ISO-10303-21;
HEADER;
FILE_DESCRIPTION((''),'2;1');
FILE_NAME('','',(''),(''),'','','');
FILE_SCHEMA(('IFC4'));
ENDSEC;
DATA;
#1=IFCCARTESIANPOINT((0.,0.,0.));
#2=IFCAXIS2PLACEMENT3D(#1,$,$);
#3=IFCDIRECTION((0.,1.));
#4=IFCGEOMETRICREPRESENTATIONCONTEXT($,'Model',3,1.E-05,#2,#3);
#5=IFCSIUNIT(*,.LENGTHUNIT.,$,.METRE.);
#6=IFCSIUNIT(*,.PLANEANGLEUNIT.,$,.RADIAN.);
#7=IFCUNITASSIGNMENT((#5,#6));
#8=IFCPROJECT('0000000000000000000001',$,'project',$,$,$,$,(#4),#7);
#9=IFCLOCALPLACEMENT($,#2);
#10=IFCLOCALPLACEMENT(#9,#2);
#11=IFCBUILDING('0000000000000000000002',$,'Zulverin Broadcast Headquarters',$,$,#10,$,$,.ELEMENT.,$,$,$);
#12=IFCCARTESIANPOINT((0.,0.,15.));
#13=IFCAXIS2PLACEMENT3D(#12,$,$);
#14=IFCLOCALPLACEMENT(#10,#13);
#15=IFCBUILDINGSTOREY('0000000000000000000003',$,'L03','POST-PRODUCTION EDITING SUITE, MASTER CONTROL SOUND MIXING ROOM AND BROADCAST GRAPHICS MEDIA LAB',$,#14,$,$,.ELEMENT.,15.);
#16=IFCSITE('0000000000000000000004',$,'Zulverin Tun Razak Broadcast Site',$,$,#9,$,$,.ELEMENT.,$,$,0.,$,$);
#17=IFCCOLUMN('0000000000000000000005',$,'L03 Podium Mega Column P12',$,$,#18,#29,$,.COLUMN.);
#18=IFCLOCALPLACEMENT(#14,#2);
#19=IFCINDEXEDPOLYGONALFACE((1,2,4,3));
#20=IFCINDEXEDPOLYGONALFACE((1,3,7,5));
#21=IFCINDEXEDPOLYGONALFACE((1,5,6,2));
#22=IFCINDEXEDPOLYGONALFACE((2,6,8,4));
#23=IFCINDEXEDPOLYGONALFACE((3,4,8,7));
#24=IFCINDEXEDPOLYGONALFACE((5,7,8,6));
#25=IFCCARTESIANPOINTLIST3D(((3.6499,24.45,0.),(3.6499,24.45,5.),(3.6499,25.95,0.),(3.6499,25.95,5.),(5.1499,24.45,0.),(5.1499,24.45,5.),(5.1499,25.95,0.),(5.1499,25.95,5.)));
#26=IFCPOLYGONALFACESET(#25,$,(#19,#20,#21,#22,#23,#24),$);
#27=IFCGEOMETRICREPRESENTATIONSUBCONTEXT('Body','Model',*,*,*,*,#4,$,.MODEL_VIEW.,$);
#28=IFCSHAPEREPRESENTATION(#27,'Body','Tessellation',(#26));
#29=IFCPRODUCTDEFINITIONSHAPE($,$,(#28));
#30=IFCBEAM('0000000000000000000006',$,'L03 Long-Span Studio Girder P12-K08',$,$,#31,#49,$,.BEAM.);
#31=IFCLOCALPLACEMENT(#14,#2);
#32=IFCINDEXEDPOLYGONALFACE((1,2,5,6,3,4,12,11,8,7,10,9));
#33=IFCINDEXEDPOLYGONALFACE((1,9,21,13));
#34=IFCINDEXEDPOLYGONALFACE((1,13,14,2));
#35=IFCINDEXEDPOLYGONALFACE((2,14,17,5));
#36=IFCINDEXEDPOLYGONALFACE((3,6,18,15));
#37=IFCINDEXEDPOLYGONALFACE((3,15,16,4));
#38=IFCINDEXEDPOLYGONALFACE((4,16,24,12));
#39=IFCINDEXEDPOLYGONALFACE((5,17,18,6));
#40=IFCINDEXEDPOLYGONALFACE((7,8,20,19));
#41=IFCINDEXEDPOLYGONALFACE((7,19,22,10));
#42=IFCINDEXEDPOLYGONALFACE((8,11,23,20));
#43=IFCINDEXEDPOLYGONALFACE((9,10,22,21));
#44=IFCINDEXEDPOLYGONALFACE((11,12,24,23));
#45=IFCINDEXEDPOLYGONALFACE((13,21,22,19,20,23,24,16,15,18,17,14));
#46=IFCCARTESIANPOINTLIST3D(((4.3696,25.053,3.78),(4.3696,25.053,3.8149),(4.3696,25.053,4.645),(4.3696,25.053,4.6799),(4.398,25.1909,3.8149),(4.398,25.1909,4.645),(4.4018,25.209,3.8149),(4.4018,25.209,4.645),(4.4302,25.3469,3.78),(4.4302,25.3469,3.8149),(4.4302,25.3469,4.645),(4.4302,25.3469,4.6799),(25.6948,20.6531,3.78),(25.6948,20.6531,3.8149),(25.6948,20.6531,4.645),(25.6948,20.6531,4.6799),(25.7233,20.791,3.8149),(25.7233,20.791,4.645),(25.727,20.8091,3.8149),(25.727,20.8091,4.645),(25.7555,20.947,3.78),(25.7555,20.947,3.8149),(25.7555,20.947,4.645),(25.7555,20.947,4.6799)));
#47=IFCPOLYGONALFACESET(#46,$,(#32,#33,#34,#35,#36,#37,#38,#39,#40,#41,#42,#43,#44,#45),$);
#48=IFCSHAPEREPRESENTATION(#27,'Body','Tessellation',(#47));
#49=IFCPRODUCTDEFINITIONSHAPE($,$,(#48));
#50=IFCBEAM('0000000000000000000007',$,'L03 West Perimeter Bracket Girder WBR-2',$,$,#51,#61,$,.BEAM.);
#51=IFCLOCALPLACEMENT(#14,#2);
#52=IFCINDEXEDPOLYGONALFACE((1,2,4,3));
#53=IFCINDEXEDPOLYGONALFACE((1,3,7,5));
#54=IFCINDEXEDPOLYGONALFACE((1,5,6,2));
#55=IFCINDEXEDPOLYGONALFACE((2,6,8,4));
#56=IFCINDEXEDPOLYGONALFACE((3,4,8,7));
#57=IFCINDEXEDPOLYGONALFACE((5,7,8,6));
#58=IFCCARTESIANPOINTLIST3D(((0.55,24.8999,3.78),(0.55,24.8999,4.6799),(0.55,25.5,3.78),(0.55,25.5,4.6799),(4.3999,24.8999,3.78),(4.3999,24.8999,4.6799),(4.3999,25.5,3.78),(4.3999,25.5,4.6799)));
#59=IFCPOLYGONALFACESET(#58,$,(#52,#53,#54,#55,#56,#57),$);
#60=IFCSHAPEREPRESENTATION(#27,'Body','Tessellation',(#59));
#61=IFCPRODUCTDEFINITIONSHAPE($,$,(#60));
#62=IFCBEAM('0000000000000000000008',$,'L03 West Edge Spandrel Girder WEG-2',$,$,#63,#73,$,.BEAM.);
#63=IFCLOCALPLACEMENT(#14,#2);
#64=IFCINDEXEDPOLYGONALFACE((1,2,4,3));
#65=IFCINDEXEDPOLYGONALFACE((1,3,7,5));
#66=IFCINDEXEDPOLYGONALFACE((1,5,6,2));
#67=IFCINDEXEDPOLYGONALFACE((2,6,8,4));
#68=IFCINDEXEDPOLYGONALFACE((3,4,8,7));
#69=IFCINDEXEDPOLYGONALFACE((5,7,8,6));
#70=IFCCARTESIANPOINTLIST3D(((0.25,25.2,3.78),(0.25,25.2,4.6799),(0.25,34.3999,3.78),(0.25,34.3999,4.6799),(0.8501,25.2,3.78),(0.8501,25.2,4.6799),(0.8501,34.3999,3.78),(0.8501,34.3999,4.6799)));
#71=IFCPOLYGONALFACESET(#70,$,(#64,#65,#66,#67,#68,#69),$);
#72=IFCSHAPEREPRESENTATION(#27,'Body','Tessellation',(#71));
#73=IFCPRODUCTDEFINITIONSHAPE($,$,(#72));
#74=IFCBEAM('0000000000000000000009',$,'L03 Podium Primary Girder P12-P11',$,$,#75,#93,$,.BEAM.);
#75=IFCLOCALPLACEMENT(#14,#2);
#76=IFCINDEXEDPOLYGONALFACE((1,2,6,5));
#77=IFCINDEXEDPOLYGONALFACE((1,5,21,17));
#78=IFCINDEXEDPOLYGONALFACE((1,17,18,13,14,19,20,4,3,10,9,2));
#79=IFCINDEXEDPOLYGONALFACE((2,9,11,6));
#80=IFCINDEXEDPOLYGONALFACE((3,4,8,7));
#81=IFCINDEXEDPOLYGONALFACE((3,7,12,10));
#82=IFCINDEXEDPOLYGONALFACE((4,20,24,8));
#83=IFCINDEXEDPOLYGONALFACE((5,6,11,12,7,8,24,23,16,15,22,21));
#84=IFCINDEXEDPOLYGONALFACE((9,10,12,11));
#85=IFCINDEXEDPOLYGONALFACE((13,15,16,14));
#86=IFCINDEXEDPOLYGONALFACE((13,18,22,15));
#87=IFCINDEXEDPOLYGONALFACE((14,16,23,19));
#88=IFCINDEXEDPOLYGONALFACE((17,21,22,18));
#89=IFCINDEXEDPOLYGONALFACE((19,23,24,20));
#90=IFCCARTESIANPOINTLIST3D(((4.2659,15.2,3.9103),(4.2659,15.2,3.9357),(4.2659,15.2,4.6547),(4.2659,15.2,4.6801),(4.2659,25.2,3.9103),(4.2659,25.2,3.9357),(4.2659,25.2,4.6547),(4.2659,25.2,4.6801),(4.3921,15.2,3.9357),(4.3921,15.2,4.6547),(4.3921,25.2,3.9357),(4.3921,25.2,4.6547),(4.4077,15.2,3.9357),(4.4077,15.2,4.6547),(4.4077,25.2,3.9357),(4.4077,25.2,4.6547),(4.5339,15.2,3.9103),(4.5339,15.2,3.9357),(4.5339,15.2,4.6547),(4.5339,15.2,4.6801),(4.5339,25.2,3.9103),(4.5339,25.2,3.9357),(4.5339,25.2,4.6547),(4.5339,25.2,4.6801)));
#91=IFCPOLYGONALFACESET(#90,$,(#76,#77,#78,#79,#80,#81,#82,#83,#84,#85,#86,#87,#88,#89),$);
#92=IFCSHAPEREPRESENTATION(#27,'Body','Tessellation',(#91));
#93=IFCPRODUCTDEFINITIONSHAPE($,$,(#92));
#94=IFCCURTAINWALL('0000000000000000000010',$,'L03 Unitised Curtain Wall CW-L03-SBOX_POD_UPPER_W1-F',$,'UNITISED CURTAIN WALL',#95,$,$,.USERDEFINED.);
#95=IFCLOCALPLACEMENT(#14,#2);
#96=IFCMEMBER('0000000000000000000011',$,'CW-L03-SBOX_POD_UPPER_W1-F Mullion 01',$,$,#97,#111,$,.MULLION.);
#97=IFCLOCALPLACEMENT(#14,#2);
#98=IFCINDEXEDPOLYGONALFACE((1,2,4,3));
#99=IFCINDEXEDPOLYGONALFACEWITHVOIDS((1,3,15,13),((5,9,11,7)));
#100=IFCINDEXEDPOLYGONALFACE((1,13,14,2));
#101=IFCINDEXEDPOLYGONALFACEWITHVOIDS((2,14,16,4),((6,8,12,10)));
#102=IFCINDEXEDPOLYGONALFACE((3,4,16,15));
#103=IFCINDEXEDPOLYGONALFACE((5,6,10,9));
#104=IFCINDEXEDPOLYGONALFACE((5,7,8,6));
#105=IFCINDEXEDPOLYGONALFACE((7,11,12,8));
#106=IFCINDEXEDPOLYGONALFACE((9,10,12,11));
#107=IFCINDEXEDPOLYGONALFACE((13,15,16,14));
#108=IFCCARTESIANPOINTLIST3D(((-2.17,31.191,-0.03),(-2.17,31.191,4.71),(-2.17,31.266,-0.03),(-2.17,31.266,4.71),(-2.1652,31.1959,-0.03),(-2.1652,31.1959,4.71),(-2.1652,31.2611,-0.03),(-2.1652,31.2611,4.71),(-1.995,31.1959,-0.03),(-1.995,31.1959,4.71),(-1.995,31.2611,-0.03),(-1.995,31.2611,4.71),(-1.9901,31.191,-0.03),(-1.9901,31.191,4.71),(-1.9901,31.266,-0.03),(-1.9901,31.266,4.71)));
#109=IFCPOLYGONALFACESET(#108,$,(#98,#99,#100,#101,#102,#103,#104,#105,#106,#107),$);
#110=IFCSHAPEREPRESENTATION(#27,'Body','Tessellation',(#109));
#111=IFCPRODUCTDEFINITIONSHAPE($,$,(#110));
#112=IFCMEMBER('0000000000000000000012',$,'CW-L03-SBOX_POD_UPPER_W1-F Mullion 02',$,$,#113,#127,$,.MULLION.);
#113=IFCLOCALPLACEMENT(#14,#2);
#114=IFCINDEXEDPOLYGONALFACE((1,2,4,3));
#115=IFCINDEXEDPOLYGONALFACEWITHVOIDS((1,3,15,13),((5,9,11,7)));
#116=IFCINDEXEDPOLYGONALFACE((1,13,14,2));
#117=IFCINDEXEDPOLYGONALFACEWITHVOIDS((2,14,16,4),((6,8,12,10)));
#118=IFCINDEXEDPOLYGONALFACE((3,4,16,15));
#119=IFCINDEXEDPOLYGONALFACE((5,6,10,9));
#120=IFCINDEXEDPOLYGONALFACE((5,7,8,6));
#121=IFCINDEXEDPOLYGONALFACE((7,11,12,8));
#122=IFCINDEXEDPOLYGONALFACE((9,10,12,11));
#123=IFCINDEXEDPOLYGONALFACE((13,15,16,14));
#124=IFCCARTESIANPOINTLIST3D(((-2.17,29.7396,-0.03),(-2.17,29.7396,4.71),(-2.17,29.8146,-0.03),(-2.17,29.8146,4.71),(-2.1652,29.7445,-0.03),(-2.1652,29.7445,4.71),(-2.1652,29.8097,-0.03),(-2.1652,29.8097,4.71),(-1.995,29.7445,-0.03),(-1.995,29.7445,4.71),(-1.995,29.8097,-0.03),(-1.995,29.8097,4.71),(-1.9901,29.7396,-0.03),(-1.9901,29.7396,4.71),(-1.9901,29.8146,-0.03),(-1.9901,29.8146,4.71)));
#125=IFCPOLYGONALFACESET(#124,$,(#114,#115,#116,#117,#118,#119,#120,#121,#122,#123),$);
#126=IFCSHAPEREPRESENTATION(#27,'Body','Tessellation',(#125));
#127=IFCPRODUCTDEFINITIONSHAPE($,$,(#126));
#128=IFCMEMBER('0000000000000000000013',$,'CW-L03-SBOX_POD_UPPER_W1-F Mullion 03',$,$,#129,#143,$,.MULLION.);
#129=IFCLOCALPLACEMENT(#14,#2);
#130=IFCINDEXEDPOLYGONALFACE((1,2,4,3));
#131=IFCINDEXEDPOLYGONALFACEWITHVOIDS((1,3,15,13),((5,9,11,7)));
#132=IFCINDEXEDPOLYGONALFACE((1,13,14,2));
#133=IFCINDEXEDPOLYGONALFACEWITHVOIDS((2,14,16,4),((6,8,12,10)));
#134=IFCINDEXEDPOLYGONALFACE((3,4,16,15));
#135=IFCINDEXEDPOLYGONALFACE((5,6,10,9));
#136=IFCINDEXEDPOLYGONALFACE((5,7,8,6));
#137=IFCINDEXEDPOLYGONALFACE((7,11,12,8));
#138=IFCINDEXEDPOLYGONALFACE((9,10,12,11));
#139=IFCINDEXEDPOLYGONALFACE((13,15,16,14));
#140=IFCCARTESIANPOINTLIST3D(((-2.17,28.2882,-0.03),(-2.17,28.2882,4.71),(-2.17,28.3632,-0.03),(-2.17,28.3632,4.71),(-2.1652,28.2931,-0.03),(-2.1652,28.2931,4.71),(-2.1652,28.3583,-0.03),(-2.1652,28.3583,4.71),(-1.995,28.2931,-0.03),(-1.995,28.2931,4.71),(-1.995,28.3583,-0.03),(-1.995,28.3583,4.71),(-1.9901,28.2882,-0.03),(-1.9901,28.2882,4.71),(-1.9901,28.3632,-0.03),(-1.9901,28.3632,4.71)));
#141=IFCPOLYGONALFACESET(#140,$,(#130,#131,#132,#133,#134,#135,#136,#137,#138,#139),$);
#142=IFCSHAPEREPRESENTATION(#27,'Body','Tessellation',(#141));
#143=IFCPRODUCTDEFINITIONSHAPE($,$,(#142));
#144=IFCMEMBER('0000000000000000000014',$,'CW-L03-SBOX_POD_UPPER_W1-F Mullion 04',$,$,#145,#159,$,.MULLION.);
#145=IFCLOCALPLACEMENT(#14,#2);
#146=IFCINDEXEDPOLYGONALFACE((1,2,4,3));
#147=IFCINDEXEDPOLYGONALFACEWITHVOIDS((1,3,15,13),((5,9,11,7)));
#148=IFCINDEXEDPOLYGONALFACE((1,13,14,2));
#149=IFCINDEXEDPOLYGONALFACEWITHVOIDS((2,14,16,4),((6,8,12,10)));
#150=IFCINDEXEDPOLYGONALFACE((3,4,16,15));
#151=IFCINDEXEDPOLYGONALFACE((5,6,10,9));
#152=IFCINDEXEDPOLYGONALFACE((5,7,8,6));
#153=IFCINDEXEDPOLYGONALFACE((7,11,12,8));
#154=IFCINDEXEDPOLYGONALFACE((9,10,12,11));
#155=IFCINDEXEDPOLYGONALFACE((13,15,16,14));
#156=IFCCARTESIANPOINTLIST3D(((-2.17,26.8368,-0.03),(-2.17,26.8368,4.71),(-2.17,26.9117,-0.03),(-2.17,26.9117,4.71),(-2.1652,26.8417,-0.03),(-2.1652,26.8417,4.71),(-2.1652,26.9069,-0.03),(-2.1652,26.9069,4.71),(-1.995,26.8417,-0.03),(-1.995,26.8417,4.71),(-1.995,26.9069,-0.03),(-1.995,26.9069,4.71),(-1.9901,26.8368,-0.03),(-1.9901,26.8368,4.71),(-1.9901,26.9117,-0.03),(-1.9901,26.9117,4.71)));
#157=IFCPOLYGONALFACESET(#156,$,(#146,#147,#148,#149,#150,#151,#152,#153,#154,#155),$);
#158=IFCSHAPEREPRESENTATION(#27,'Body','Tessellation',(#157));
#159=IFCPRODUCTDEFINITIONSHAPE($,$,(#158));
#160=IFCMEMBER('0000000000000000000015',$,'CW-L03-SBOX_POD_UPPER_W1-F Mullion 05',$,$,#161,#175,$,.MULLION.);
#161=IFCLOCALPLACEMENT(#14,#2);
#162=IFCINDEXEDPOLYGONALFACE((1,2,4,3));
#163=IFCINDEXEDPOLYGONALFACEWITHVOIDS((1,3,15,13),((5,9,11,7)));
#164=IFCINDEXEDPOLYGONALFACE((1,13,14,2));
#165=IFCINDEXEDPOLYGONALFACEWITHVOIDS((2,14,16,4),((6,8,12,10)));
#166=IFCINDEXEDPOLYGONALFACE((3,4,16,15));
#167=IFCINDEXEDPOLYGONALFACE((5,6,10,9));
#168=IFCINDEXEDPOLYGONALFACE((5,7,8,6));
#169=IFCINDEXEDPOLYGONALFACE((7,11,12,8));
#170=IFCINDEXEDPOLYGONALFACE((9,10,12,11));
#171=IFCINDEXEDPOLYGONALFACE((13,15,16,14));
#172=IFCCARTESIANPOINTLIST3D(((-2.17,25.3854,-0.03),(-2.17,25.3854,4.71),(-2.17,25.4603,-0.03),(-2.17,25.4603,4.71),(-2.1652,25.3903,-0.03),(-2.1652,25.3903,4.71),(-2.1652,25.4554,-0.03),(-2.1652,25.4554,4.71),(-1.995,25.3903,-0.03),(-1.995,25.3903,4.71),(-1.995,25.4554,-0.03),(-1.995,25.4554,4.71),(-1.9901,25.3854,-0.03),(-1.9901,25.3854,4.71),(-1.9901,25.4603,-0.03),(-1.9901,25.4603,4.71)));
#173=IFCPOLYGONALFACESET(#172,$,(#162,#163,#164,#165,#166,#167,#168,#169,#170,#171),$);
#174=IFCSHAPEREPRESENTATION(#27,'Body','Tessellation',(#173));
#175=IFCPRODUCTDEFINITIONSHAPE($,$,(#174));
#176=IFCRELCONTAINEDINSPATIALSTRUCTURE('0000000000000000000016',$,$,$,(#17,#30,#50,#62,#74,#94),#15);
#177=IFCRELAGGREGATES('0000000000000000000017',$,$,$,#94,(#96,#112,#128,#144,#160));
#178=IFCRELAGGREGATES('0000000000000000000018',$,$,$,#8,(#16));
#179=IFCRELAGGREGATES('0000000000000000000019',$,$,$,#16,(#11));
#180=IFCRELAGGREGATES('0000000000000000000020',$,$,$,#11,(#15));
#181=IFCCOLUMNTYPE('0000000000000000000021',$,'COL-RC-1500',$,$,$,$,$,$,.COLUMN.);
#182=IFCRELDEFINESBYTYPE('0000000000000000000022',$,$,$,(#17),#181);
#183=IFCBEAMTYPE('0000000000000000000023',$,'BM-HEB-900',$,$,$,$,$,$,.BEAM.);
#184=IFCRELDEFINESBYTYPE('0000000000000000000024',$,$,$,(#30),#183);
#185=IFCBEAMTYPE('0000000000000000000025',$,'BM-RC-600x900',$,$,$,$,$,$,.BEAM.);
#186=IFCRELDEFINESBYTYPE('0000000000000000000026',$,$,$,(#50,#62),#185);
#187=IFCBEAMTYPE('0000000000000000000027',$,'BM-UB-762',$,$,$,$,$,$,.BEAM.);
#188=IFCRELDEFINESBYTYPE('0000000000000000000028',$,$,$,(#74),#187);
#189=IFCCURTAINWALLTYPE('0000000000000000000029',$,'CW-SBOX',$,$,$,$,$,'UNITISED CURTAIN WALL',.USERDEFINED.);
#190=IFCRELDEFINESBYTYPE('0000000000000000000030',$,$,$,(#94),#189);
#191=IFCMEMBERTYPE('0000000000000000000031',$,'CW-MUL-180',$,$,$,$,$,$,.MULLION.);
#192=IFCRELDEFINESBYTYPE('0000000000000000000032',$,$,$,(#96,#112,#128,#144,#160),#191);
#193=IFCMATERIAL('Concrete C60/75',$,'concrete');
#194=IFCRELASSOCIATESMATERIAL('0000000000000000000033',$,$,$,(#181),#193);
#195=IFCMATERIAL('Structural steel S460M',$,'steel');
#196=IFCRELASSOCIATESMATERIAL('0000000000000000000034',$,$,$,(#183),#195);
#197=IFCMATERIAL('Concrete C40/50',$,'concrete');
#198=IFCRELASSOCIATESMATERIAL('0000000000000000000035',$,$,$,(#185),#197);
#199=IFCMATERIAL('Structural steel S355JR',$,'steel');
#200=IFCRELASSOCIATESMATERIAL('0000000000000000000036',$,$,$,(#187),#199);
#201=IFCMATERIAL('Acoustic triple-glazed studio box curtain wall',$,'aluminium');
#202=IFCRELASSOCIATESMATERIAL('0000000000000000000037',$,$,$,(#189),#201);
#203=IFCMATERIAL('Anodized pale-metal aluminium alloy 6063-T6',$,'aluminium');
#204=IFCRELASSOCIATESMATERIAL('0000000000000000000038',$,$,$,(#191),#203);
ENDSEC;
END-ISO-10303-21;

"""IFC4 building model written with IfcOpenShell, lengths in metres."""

from ifc_helpers import new_model, si_unit, direction, frame, origin, origin_2d, place, context, subcontext, project, spatial, rectangle, hollow_rectangle, i_section, extrude, material, material_profile, profile_set, type_object, element, aggregate, save


model = new_model("IFC4")

# Units and contexts
model_context = context("Model", 3, precision=1e-05, world=origin(), true_north=direction((0.0, 1.0)))
body_context = subcontext(model_context, "Body", "Model", "MODEL_VIEW")
ifc_project = project(units=[si_unit("LENGTHUNIT", "METRE"), si_unit("PLANEANGLEUNIT", "RADIAN")], contexts=[model_context])

# Site, building, storey
site_placement = place(None, origin())
site = spatial("IfcSite", under=ifc_project, at=site_placement, Name="Zulverin Tun Razak Broadcast Site", CompositionType="ELEMENT", RefElevation=0.0)
building_placement = place(site_placement, origin())
building = spatial("IfcBuilding", under=site, at=building_placement, Name="Zulverin Broadcast Headquarters", CompositionType="ELEMENT")
storey_placement = place(building_placement, frame((0.0, 0.0, 15.0)))
storey = spatial("IfcBuildingStorey", under=building, at=storey_placement, Name="L03", Description="POST-PRODUCTION EDITING SUITE, MASTER CONTROL SOUND MIXING ROOM AND BROADCAST GRAPHICS MEDIA LAB", CompositionType="ELEMENT", Elevation=15.0)

# Column
ifc_material_1 = material(Name="Concrete C60/75", Category="concrete")
ifc_material_profile_1 = material_profile(ifc_material_1, rectangle(XDim=1.5, YDim=1.5, at=origin_2d()), Name="Concrete C60/75", Category="concrete")
ifc_profile_set_1 = profile_set([ifc_material_profile_1], Name="Concrete C60/75")
column_type = type_object("IfcColumnType", Name="COL-RC-1500", PredefinedType="COLUMN", material=ifc_profile_set_1)
column_placement = place(storey_placement, frame((4.3999, 25.2, 0.0), z_axis=(0.0, 0.0, 1.0), x_axis=(1.0, 0.0, 0.0)))
element("IfcColumn", 1, at=column_placement, inside=storey, type_object=column_type, Name="L03 Podium Mega Column P12", PredefinedType="COLUMN", context=body_context, shape_type="SweptSolid", body=[
    extrude(rectangle(XDim=1.5, YDim=1.5, at=origin_2d()), origin(), (0.0, 0.0, 1.0), 5.0),
])

# Beams
ifc_material_2 = material(Name="Structural steel S460M", Category="steel")
ifc_material_profile_2 = material_profile(ifc_material_2, i_section(OverallWidth=0.3, OverallDepth=0.8999, WebThickness=0.0186, FlangeThickness=0.0349, at=origin_2d()), Name="Structural steel S460M", Category="steel")
ifc_profile_set_2 = profile_set([ifc_material_profile_2], Name="Structural steel S460M")
beam_type_1 = type_object("IfcBeamType", Name="BM-HEB-900", PredefinedType="BEAM", material=ifc_profile_set_2)
beam_1_placement = place(storey_placement, frame((4.3999, 25.2, 4.23), z_axis=(0.979371, -0.202068, 0.0), x_axis=(0.202068, 0.979371, 0.0)))
element("IfcBeam", 2, at=beam_1_placement, inside=storey, type_object=beam_type_1, Name="L03 Long-Span Studio Girder P12-K08", PredefinedType="BEAM", context=body_context, shape_type="SweptSolid", body=[
    extrude(i_section(OverallWidth=0.3, OverallDepth=0.8999, WebThickness=0.0186, FlangeThickness=0.0349, at=origin_2d()), origin(), (0.0, 0.0, 1.0), 21.7744),
])
ifc_material_3 = material(Name="Concrete C40/50", Category="concrete")
ifc_material_profile_3 = material_profile(ifc_material_3, rectangle(XDim=0.6001, YDim=0.8999, at=origin_2d()), Name="Concrete C40/50", Category="concrete")
ifc_profile_set_3 = profile_set([ifc_material_profile_3], Name="Concrete C40/50")
beam_type_2 = type_object("IfcBeamType", Name="BM-RC-600x900", PredefinedType="BEAM", material=ifc_profile_set_3)
beam_2_placement = place(storey_placement, frame((4.3999, 25.2, 4.23), z_axis=(-1.0, 0.0, 0.0), x_axis=(0.0, -1.0, 0.0)))
element("IfcBeam", 3, at=beam_2_placement, inside=storey, type_object=beam_type_2, Name="L03 West Perimeter Bracket Girder WBR-2", PredefinedType="BEAM", context=body_context, shape_type="SweptSolid", body=[
    extrude(rectangle(XDim=0.6001, YDim=0.8999, at=origin_2d()), origin(), (0.0, 0.0, 1.0), 3.8499),
])
beam_3_placement = place(storey_placement, frame((0.55, 25.2, 4.23), z_axis=(0.0, 1.0, 0.0), x_axis=(-1.0, 0.0, 0.0)))
element("IfcBeam", 4, at=beam_3_placement, inside=storey, type_object=beam_type_2, Name="L03 West Edge Spandrel Girder WEG-2", PredefinedType="BEAM", context=body_context, shape_type="SweptSolid", body=[
    extrude(rectangle(XDim=0.6001, YDim=0.8999, at=origin_2d()), origin(), (0.0, 0.0, 1.0), 9.2),
])
ifc_material_4 = material(Name="Structural steel S355JR", Category="steel")
ifc_material_profile_4 = material_profile(ifc_material_4, i_section(OverallWidth=0.2681, OverallDepth=0.7698, WebThickness=0.0156, FlangeThickness=0.0254, at=origin_2d()), Name="Structural steel S355JR", Category="steel")
ifc_profile_set_4 = profile_set([ifc_material_profile_4], Name="Structural steel S355JR")
beam_type_3 = type_object("IfcBeamType", Name="BM-UB-762", PredefinedType="BEAM", material=ifc_profile_set_4)
beam_4_placement = place(storey_placement, frame((4.3999, 25.2, 4.2952), z_axis=(0.0, -1.0, 0.0), x_axis=(1.0, 0.0, 0.0)))
element("IfcBeam", 5, at=beam_4_placement, inside=storey, type_object=beam_type_3, Name="L03 Podium Primary Girder P12-P11", PredefinedType="BEAM", context=body_context, shape_type="SweptSolid", body=[
    extrude(i_section(OverallWidth=0.2681, OverallDepth=0.7698, WebThickness=0.0156, FlangeThickness=0.0254, at=origin_2d()), origin(), (0.0, 0.0, 1.0), 10.0),
])

# Curtain wall, members
ifc_material_5 = material(Name="Acoustic triple-glazed studio box curtain wall", Category="aluminium")
curtain_wall_type = type_object("IfcCurtainWallType", Name="CW-SBOX", ElementType="UNITISED CURTAIN WALL", PredefinedType="USERDEFINED", material=ifc_material_5)
curtain_wall_placement = place(storey_placement, origin())
curtain_wall = element("IfcCurtainWall", 6, at=curtain_wall_placement, inside=storey, type_object=curtain_wall_type, Name="L03 Unitised Curtain Wall CW-L03-SBOX_POD_UPPER_W1-F", ObjectType="UNITISED CURTAIN WALL", PredefinedType="USERDEFINED")
ifc_material_6 = material(Name="Anodized pale-metal aluminium alloy 6063-T6", Category="aluminium")
ifc_material_profile_5 = material_profile(ifc_material_6, hollow_rectangle(XDim=0.075, YDim=0.1799, WallThickness=0.0049, at=origin_2d()), Name="Anodized pale-metal aluminium alloy 6063-T6", Category="aluminium")
ifc_profile_set_5 = profile_set([ifc_material_profile_5], Name="Anodized pale-metal aluminium alloy 6063-T6")
member_type = type_object("IfcMemberType", Name="CW-MUL-180", PredefinedType="MULLION", material=ifc_profile_set_5)
member_1_placement = place(storey_placement, frame((-2.0801, 31.2285, -0.03), z_axis=(0.0, 0.0, 1.0), x_axis=(0.0, -1.0, 0.0)))
member_1 = element("IfcMember", 7, at=member_1_placement, type_object=member_type, Name="CW-L03-SBOX_POD_UPPER_W1-F Mullion 01", PredefinedType="MULLION", context=body_context, shape_type="SweptSolid", body=[
    extrude(hollow_rectangle(XDim=0.075, YDim=0.1799, WallThickness=0.0049, at=origin_2d()), origin(), (0.0, 0.0, 1.0), 4.74),
])
member_2_placement = place(storey_placement, frame((-2.0801, 29.7771, -0.03), z_axis=(0.0, 0.0, 1.0), x_axis=(0.0, -1.0, 0.0)))
member_2 = element("IfcMember", 8, at=member_2_placement, type_object=member_type, Name="CW-L03-SBOX_POD_UPPER_W1-F Mullion 02", PredefinedType="MULLION", context=body_context, shape_type="SweptSolid", body=[
    extrude(hollow_rectangle(XDim=0.075, YDim=0.1799, WallThickness=0.0049, at=origin_2d()), origin(), (0.0, 0.0, 1.0), 4.74),
])
member_3_placement = place(storey_placement, frame((-2.0801, 28.3257, -0.03), z_axis=(0.0, 0.0, 1.0), x_axis=(0.0, -1.0, 0.0)))
member_3 = element("IfcMember", 9, at=member_3_placement, type_object=member_type, Name="CW-L03-SBOX_POD_UPPER_W1-F Mullion 03", PredefinedType="MULLION", context=body_context, shape_type="SweptSolid", body=[
    extrude(hollow_rectangle(XDim=0.075, YDim=0.1799, WallThickness=0.0049, at=origin_2d()), origin(), (0.0, 0.0, 1.0), 4.74),
])
member_4_placement = place(storey_placement, frame((-2.0801, 26.8743, -0.03), z_axis=(0.0, 0.0, 1.0), x_axis=(0.0, -1.0, 0.0)))
member_4 = element("IfcMember", 10, at=member_4_placement, type_object=member_type, Name="CW-L03-SBOX_POD_UPPER_W1-F Mullion 04", PredefinedType="MULLION", context=body_context, shape_type="SweptSolid", body=[
    extrude(hollow_rectangle(XDim=0.075, YDim=0.1799, WallThickness=0.0049, at=origin_2d()), origin(), (0.0, 0.0, 1.0), 4.74),
])
member_5_placement = place(storey_placement, frame((-2.0801, 25.4229, -0.03), z_axis=(0.0, 0.0, 1.0), x_axis=(0.0, -1.0, 0.0)))
member_5 = element("IfcMember", 11, at=member_5_placement, type_object=member_type, Name="CW-L03-SBOX_POD_UPPER_W1-F Mullion 05", PredefinedType="MULLION", context=body_context, shape_type="SweptSolid", body=[
    extrude(hollow_rectangle(XDim=0.075, YDim=0.1799, WallThickness=0.0049, at=origin_2d()), origin(), (0.0, 0.0, 1.0), 4.74),
])
aggregate(curtain_wall, [member_1, member_2, member_3, member_4, member_5])

save(model, "model.ifc")
